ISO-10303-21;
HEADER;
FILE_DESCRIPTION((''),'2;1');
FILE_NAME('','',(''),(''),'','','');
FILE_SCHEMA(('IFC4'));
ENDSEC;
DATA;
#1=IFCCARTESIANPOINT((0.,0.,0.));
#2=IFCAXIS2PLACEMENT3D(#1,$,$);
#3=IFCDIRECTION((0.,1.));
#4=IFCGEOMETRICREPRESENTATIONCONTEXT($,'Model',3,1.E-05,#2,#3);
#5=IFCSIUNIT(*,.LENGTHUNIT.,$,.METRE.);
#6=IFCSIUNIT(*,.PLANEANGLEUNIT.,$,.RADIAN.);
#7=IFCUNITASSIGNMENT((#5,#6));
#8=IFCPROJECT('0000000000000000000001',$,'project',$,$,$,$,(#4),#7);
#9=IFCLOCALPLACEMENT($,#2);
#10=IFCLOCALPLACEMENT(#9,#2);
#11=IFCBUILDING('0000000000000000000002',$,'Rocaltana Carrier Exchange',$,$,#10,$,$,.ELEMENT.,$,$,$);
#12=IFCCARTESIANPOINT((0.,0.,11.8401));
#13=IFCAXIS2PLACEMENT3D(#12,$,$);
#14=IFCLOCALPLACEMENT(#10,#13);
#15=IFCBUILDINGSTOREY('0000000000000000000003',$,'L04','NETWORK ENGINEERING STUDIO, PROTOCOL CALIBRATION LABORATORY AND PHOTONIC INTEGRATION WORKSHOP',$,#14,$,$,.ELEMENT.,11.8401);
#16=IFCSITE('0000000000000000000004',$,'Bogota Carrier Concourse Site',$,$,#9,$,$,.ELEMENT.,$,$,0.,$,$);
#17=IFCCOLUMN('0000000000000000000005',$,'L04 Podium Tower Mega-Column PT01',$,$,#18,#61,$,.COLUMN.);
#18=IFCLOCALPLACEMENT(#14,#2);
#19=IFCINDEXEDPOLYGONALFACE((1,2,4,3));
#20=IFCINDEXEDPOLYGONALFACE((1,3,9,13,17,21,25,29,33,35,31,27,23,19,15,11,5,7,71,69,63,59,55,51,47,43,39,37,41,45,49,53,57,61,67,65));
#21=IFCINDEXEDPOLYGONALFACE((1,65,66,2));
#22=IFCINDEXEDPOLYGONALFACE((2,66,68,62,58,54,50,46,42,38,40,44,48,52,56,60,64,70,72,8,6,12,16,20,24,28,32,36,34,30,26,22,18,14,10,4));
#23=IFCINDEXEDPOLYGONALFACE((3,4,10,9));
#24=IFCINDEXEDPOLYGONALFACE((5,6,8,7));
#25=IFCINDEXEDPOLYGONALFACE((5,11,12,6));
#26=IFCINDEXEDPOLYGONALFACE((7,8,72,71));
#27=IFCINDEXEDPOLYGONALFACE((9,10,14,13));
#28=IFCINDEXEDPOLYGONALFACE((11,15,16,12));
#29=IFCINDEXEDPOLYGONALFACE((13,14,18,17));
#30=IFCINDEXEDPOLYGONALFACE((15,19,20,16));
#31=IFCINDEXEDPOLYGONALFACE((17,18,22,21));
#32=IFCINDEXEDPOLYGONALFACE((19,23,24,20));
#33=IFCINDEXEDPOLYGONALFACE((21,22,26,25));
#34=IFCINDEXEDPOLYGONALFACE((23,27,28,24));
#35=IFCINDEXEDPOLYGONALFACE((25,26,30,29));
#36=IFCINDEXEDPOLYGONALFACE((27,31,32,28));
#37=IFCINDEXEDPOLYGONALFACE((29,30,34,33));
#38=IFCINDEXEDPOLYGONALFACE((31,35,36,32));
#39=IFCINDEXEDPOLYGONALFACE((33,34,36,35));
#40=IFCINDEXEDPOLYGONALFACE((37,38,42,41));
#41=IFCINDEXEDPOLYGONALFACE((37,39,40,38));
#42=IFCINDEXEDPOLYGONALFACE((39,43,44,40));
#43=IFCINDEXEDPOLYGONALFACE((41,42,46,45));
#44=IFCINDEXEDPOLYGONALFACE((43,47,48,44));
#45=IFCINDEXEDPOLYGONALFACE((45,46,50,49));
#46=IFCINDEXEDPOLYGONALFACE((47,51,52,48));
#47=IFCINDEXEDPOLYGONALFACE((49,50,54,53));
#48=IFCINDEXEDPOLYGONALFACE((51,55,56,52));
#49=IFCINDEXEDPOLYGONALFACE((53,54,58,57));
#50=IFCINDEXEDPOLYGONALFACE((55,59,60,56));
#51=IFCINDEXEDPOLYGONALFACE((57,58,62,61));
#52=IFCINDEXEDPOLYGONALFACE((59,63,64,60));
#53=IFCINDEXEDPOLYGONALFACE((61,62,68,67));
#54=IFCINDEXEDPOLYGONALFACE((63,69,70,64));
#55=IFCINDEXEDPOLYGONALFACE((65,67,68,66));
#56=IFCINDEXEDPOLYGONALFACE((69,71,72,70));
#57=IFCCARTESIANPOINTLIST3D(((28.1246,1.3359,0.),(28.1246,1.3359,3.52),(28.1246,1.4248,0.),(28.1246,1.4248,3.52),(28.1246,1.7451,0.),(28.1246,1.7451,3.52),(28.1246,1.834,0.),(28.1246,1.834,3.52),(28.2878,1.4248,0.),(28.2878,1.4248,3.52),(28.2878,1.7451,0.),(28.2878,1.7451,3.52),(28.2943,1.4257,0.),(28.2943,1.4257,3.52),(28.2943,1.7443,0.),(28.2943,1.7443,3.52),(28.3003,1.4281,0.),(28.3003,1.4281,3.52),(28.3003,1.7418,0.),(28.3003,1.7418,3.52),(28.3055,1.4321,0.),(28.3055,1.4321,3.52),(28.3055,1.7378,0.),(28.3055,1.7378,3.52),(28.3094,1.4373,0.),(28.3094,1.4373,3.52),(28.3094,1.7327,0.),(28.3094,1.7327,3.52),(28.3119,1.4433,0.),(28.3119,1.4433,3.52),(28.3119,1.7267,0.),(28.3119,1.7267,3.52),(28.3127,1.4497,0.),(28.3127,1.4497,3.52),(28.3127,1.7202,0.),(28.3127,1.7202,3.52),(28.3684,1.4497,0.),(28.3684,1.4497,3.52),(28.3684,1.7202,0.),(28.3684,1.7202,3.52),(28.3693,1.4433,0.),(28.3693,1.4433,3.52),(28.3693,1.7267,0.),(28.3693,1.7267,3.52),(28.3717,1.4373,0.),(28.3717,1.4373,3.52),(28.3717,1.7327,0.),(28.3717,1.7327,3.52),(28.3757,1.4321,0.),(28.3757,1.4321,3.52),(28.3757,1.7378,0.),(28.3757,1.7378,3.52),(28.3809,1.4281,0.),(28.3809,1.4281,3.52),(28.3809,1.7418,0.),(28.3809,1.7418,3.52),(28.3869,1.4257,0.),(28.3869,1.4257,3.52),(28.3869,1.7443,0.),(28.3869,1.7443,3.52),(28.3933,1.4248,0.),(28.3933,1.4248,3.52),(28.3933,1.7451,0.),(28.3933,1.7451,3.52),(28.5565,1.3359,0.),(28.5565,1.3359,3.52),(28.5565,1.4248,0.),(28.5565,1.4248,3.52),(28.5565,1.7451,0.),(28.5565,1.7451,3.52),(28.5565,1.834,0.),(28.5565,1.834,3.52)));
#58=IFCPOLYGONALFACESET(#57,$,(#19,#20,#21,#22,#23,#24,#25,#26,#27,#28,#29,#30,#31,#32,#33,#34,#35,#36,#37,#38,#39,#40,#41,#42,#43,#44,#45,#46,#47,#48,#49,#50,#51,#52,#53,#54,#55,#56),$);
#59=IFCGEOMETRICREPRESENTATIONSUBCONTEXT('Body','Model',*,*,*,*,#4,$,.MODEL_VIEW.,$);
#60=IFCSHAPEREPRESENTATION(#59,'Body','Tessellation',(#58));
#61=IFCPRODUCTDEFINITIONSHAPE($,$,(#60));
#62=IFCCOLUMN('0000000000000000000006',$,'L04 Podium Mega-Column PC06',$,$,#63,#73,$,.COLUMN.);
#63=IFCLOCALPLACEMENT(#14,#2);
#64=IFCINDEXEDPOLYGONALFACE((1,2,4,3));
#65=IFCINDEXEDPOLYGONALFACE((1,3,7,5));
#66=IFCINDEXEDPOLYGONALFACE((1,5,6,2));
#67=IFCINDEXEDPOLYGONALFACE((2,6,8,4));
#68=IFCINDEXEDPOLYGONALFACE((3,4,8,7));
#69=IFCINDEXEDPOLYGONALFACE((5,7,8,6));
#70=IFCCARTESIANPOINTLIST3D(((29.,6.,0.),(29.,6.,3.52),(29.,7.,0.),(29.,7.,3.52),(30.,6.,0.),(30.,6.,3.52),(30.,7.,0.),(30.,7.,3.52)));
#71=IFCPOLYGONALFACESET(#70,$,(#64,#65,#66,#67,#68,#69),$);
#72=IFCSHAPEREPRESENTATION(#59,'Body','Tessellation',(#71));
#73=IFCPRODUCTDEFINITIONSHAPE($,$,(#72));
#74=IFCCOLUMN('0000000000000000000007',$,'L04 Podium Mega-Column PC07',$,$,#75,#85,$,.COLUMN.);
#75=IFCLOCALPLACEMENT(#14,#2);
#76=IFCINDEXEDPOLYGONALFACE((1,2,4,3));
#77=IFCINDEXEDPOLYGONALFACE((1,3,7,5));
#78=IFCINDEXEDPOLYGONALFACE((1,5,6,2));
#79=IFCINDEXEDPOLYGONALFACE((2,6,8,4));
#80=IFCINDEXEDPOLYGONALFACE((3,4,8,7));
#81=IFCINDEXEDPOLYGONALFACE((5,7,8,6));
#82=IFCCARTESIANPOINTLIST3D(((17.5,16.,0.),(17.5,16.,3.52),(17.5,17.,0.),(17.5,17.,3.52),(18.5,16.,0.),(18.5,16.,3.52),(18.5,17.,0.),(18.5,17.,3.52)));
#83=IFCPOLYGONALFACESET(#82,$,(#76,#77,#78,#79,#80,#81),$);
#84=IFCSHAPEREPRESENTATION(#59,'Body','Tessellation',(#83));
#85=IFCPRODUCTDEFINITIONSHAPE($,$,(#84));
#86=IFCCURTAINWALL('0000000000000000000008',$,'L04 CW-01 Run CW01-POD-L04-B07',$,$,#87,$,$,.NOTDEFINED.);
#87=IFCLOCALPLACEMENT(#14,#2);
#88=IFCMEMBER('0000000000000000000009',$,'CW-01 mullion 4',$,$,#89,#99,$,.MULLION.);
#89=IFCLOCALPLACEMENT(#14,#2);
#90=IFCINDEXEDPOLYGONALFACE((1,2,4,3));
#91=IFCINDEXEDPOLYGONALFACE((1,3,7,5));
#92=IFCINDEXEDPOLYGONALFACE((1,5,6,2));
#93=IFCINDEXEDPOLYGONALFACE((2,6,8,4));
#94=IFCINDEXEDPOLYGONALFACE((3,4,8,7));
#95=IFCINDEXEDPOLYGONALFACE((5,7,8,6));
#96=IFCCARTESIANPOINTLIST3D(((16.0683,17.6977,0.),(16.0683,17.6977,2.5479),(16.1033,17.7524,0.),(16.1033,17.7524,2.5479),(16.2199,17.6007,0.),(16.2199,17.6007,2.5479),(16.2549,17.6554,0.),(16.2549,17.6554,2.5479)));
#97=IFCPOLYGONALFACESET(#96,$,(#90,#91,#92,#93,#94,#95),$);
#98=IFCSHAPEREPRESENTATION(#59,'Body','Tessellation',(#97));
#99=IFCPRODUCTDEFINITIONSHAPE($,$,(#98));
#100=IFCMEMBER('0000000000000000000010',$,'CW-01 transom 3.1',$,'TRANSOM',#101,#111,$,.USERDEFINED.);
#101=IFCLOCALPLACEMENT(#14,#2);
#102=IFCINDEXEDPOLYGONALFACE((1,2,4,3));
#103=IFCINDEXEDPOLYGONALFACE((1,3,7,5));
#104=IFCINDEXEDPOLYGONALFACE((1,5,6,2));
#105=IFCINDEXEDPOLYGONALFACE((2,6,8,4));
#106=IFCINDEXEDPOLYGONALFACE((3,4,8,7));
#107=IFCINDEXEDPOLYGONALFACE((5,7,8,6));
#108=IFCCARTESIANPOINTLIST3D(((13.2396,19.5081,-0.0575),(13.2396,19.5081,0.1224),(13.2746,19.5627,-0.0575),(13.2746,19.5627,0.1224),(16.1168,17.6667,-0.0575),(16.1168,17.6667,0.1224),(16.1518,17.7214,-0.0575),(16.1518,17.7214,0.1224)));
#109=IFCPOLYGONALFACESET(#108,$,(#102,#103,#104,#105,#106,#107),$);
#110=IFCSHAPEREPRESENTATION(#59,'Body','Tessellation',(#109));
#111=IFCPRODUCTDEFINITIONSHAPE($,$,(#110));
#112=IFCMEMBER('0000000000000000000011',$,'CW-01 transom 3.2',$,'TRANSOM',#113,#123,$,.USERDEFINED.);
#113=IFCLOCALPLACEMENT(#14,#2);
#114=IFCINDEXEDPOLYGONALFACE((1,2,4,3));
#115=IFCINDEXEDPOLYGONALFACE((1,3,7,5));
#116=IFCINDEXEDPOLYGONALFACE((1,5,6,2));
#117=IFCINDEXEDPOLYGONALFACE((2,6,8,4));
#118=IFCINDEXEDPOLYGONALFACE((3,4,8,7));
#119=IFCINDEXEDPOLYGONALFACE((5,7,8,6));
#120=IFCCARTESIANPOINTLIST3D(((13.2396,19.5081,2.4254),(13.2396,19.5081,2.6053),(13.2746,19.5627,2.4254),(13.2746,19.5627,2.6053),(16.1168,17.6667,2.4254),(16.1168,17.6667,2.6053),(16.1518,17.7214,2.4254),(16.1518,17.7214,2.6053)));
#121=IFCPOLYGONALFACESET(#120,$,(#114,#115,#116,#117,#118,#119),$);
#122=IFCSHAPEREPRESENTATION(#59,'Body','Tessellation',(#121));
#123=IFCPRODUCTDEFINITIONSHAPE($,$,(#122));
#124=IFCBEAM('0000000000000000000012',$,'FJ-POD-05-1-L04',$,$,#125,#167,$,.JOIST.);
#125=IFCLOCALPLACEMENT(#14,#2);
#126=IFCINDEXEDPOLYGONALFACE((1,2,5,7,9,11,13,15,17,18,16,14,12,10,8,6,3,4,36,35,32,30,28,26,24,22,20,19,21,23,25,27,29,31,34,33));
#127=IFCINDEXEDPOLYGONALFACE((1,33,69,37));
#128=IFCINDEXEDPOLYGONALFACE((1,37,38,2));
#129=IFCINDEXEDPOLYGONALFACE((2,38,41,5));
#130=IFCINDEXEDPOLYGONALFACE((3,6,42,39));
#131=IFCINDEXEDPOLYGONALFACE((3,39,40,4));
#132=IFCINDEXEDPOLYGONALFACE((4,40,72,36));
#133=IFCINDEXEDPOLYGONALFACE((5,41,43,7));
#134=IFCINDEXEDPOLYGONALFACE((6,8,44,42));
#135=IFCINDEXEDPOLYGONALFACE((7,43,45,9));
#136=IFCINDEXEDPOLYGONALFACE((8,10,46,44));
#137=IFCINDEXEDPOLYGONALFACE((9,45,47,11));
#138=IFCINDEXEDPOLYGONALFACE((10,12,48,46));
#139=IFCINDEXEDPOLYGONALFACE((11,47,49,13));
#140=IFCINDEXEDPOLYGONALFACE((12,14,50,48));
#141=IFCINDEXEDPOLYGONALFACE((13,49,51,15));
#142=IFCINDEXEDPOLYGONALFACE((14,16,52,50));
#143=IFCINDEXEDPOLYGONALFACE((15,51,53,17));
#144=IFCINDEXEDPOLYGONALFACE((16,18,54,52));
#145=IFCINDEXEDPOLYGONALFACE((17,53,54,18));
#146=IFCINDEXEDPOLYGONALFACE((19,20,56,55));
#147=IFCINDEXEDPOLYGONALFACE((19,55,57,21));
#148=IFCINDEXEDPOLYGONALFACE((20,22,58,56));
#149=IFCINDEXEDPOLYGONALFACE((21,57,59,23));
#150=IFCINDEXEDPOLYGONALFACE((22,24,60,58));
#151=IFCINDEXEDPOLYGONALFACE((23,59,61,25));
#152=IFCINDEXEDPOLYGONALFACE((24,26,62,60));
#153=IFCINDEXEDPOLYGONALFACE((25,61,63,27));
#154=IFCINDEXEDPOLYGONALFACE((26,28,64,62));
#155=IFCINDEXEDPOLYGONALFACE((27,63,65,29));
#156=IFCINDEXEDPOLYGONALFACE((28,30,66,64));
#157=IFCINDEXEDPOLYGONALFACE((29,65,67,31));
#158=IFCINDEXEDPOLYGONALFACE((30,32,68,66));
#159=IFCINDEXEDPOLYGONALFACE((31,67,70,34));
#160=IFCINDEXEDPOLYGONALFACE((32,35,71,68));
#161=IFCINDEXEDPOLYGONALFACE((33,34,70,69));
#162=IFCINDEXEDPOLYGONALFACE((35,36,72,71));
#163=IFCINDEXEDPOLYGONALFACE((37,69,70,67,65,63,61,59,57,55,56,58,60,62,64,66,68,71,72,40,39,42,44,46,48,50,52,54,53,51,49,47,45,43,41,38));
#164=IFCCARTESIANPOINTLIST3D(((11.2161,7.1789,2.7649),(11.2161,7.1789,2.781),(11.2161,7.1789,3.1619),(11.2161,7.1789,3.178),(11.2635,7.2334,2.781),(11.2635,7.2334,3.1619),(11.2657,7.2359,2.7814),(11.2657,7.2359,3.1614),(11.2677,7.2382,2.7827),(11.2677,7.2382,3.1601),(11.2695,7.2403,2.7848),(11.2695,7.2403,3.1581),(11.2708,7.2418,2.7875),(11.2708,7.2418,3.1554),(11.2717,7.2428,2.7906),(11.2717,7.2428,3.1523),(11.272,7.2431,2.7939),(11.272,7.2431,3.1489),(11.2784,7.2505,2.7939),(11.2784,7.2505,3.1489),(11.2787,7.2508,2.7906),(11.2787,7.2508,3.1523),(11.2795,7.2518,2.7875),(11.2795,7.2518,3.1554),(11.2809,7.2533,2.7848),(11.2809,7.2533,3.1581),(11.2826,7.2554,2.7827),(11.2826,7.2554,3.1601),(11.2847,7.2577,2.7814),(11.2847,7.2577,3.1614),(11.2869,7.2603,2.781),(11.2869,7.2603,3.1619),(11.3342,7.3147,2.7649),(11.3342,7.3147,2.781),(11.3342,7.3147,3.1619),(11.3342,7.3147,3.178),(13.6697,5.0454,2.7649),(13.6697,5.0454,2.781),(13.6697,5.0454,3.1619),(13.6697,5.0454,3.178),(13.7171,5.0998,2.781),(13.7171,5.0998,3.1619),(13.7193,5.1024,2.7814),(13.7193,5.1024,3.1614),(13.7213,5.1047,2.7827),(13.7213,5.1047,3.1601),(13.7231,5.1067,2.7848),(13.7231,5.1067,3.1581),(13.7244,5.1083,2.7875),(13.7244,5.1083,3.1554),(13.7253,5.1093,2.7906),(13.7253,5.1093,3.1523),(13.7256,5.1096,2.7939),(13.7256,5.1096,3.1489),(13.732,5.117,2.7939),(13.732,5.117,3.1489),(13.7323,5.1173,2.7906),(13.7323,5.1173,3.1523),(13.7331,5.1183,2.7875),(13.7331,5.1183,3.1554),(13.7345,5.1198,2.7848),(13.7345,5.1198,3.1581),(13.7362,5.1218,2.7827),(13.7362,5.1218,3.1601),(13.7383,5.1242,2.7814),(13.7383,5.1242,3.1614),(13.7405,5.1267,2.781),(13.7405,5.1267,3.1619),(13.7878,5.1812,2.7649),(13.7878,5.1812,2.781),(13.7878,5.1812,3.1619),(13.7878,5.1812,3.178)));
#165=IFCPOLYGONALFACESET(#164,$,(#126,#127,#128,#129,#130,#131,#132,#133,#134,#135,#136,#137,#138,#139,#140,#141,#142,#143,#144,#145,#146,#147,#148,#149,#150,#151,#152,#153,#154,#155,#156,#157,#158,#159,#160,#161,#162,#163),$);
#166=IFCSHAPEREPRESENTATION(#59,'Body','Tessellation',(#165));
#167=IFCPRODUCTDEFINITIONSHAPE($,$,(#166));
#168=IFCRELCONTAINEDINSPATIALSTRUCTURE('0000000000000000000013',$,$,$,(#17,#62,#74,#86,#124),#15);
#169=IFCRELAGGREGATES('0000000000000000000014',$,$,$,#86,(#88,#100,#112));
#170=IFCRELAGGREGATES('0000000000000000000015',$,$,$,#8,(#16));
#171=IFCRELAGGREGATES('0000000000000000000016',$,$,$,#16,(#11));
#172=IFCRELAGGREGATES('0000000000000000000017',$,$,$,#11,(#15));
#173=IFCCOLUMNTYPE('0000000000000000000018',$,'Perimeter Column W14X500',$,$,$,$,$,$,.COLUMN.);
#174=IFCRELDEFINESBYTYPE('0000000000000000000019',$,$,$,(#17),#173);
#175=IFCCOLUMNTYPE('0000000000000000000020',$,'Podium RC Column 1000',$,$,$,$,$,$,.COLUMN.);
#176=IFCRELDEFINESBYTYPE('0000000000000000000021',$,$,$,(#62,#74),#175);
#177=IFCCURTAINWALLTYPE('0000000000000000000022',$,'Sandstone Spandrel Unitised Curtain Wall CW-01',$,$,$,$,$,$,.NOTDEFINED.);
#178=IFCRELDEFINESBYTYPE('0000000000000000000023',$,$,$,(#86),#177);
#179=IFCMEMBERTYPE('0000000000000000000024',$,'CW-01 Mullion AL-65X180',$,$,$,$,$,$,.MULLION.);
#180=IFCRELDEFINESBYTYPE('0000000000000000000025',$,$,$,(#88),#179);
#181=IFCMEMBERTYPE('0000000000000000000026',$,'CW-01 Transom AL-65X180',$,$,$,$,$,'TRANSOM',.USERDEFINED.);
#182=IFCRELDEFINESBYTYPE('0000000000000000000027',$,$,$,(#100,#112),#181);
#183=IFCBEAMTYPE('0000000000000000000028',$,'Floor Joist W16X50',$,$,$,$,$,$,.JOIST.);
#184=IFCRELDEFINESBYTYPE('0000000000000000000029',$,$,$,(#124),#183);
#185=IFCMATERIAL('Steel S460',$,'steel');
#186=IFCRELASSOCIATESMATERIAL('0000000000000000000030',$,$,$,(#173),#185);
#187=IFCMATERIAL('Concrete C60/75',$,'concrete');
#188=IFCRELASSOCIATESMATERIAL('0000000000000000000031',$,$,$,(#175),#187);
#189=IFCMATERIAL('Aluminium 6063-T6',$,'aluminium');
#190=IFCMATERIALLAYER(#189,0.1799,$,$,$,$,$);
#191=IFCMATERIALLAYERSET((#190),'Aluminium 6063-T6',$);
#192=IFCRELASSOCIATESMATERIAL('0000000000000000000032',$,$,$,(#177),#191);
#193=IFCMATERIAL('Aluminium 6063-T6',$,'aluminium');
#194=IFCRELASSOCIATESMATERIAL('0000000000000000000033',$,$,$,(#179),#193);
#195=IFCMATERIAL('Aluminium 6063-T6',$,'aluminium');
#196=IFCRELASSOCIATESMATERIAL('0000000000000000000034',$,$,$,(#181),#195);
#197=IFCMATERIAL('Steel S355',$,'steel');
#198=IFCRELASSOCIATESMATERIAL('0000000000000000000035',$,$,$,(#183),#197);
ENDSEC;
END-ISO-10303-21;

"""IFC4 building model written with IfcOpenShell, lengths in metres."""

from ifc_helpers import new_model, si_unit, direction, frame, origin, origin_2d, place, context, subcontext, project, spatial, rectangle, i_section, extrude, material, layer, layer_set, material_profile, profile_set, type_object, element, aggregate, save


model = new_model("IFC4")

# Units and contexts
model_context = context("Model", 3, precision=1e-05, world=origin(), true_north=direction((0.0, 1.0)))
body_context = subcontext(model_context, "Body", "Model", "MODEL_VIEW")
ifc_project = project(units=[si_unit("LENGTHUNIT", "METRE"), si_unit("PLANEANGLEUNIT", "RADIAN")], contexts=[model_context])

# Site, building, storey
site_placement = place(None, origin())
site = spatial("IfcSite", under=ifc_project, at=site_placement, Name="Bogota Carrier Concourse Site", CompositionType="ELEMENT", RefElevation=0.0)
building_placement = place(site_placement, origin())
building = spatial("IfcBuilding", under=site, at=building_placement, Name="Rocaltana Carrier Exchange", CompositionType="ELEMENT")
storey_placement = place(building_placement, frame((0.0, 0.0, 11.8401)))
storey = spatial("IfcBuildingStorey", under=building, at=storey_placement, Name="L04", Description="NETWORK ENGINEERING STUDIO, PROTOCOL CALIBRATION LABORATORY AND PHOTONIC INTEGRATION WORKSHOP", CompositionType="ELEMENT", Elevation=11.8401)

# Columns
ifc_material_1 = material(Name="Steel S460", Category="steel")
ifc_material_profile_1 = material_profile(ifc_material_1, i_section(OverallWidth=0.4319, OverallDepth=0.498, WebThickness=0.0557, FlangeThickness=0.0889, FilletRadius=0.0249, at=origin_2d()), Name="W14X500")
ifc_profile_set_1 = profile_set([ifc_material_profile_1], Name="Steel S460")
column_type_1 = type_object("IfcColumnType", Name="Perimeter Column W14X500", PredefinedType="COLUMN", material=ifc_profile_set_1)
column_placement = place(storey_placement, frame((28.3406, 1.585, 0.0), z_axis=(0.0, 0.0, 1.0), x_axis=(1.0, 0.0, 0.0)))
element("IfcColumn", 1, at=column_placement, inside=storey, type_object=column_type_1, Name="L04 Podium Tower Mega-Column PT01", PredefinedType="COLUMN", context=body_context, shape_type="SweptSolid", body=[
    extrude(i_section(OverallWidth=0.4319, OverallDepth=0.498, WebThickness=0.0557, FlangeThickness=0.0889, FilletRadius=0.0249, at=origin_2d()), origin(), (0.0, 0.0, 1.0), 3.52),
])
ifc_material_2 = material(Name="Concrete C60/75", Category="concrete")
ifc_material_profile_2 = material_profile(ifc_material_2, rectangle(XDim=1.0, YDim=1.0, at=origin_2d()), Name="RC-COL-1000X1000")
ifc_profile_set_2 = profile_set([ifc_material_profile_2], Name="Concrete C60/75")
column_type_2 = type_object("IfcColumnType", Name="Podium RC Column 1000", PredefinedType="COLUMN", material=ifc_profile_set_2)
for number, where, z_axis, x_axis, name in (
    (2, (29.5, 6.5, 0.0), (0.0, 0.0, 1.0), (1.0, 0.0, 0.0), "L04 Podium Mega-Column PC06"),
    (3, (18.0, 16.5, 0.0), (0.0, 0.0, 1.0), (1.0, 0.0, 0.0), "L04 Podium Mega-Column PC07"),
):
    element("IfcColumn", number, at=place(storey_placement, frame(where, z_axis=z_axis, x_axis=x_axis)), inside=storey, type_object=column_type_2, Name=name, PredefinedType="COLUMN", context=body_context, shape_type="SweptSolid", body=[
        extrude(rectangle(XDim=1.0, YDim=1.0, at=origin_2d()), origin(), (0.0, 0.0, 1.0), 3.52),
    ])

# Curtain wall, members
ifc_material_3 = material(Name="Aluminium 6063-T6", Category="aluminium")
ifc_layer_1 = layer(ifc_material_3, 0.1799)
ifc_layer_set_1 = layer_set([ifc_layer_1], Name="Aluminium 6063-T6")
curtain_wall_type = type_object("IfcCurtainWallType", Name="Sandstone Spandrel Unitised Curtain Wall CW-01", PredefinedType="NOTDEFINED", material=ifc_layer_set_1)
curtain_wall_placement = place(storey_placement, origin())
curtain_wall = element("IfcCurtainWall", 4, at=curtain_wall_placement, inside=storey, type_object=curtain_wall_type, Name="L04 CW-01 Run CW01-POD-L04-B07", PredefinedType="NOTDEFINED")
ifc_material_4 = material(Name="Aluminium 6063-T6", Category="aluminium")
ifc_material_profile_3 = material_profile(ifc_material_4, rectangle(XDim=0.0649, YDim=0.1799, at=origin_2d()), Name="AL-65X180")
ifc_profile_set_3 = profile_set([ifc_material_profile_3], Name="Aluminium 6063-T6")
member_type_1 = type_object("IfcMemberType", Name="CW-01 Mullion AL-65X180", PredefinedType="MULLION", material=ifc_profile_set_3)
member_1_placement = place(storey_placement, frame((16.1616, 17.6765, 0.0), z_axis=(0.0, 0.0, 1.0), x_axis=(0.53905, 0.842273, 0.0)))
member_1 = element("IfcMember", 5, at=member_1_placement, type_object=member_type_1, Name="CW-01 mullion 4", PredefinedType="MULLION", context=body_context, shape_type="SweptSolid", body=[
    extrude(rectangle(XDim=0.0649, YDim=0.1799, at=origin_2d()), origin(), (0.0, 0.0, 1.0), 2.5479),
])
ifc_material_5 = material(Name="Aluminium 6063-T6", Category="aluminium")
ifc_material_profile_4 = material_profile(ifc_material_5, rectangle(XDim=0.0649, YDim=0.1799, at=origin_2d()), Name="AL-65X180")
ifc_profile_set_4 = profile_set([ifc_material_profile_4], Name="Aluminium 6063-T6")
member_type_2 = type_object("IfcMemberType", Name="CW-01 Transom AL-65X180", ElementType="TRANSOM", PredefinedType="USERDEFINED", material=ifc_profile_set_4)
member_2_placement = place(storey_placement, frame((13.2571, 19.5354, 0.0325), z_axis=(0.842284, -0.539033, 0.0), x_axis=(0.539033, 0.842284, 0.0)))
member_2 = element("IfcMember", 6, at=member_2_placement, type_object=member_type_2, Name="CW-01 transom 3.1", ObjectType="TRANSOM", PredefinedType="USERDEFINED", context=body_context, shape_type="SweptSolid", body=[
    extrude(rectangle(XDim=0.0649, YDim=0.1799, at=origin_2d()), origin(), (0.0, 0.0, 1.0), 3.416),
])
member_3_placement = place(storey_placement, frame((13.2571, 19.5354, 2.5154), z_axis=(0.842284, -0.539033, 0.0), x_axis=(0.539033, 0.842284, 0.0)))
member_3 = element("IfcMember", 7, at=member_3_placement, type_object=member_type_2, Name="CW-01 transom 3.2", ObjectType="TRANSOM", PredefinedType="USERDEFINED", context=body_context, shape_type="SweptSolid", body=[
    extrude(rectangle(XDim=0.0649, YDim=0.1799, at=origin_2d()), origin(), (0.0, 0.0, 1.0), 3.416),
])

# Beam
ifc_material_6 = material(Name="Steel S355", Category="steel")
ifc_material_profile_5 = material_profile(ifc_material_6, i_section(OverallWidth=0.1799, OverallDepth=0.4131, WebThickness=0.0098, FlangeThickness=0.0161, FilletRadius=0.0129, at=origin_2d()), Name="W16X50")
ifc_profile_set_5 = profile_set([ifc_material_profile_5], Name="Steel S355")
beam_type_1 = type_object("IfcBeamType", Name="Floor Joist W16X50", PredefinedType="JOIST", material=ifc_profile_set_5)
beam_1_placement = place(storey_placement, frame((13.7288, 5.1133, 2.9714), z_axis=(-0.75461, 0.656173, 0.0), x_axis=(-0.656173, -0.75461, 0.0)))
element("IfcBeam", 8, at=beam_1_placement, inside=storey, type_object=beam_type_1, Name="FJ-POD-05-1-L04", PredefinedType="JOIST", context=body_context, shape_type="SweptSolid", body=[
    extrude(i_section(OverallWidth=0.1799, OverallDepth=0.4131, WebThickness=0.0098, FlangeThickness=0.0161, FilletRadius=0.0129, at=origin_2d()), origin(), (0.0, 0.0, 1.0), 3.2515),
])

aggregate(curtain_wall, [member_1, member_2, member_3])

save(model, "model.ifc")
